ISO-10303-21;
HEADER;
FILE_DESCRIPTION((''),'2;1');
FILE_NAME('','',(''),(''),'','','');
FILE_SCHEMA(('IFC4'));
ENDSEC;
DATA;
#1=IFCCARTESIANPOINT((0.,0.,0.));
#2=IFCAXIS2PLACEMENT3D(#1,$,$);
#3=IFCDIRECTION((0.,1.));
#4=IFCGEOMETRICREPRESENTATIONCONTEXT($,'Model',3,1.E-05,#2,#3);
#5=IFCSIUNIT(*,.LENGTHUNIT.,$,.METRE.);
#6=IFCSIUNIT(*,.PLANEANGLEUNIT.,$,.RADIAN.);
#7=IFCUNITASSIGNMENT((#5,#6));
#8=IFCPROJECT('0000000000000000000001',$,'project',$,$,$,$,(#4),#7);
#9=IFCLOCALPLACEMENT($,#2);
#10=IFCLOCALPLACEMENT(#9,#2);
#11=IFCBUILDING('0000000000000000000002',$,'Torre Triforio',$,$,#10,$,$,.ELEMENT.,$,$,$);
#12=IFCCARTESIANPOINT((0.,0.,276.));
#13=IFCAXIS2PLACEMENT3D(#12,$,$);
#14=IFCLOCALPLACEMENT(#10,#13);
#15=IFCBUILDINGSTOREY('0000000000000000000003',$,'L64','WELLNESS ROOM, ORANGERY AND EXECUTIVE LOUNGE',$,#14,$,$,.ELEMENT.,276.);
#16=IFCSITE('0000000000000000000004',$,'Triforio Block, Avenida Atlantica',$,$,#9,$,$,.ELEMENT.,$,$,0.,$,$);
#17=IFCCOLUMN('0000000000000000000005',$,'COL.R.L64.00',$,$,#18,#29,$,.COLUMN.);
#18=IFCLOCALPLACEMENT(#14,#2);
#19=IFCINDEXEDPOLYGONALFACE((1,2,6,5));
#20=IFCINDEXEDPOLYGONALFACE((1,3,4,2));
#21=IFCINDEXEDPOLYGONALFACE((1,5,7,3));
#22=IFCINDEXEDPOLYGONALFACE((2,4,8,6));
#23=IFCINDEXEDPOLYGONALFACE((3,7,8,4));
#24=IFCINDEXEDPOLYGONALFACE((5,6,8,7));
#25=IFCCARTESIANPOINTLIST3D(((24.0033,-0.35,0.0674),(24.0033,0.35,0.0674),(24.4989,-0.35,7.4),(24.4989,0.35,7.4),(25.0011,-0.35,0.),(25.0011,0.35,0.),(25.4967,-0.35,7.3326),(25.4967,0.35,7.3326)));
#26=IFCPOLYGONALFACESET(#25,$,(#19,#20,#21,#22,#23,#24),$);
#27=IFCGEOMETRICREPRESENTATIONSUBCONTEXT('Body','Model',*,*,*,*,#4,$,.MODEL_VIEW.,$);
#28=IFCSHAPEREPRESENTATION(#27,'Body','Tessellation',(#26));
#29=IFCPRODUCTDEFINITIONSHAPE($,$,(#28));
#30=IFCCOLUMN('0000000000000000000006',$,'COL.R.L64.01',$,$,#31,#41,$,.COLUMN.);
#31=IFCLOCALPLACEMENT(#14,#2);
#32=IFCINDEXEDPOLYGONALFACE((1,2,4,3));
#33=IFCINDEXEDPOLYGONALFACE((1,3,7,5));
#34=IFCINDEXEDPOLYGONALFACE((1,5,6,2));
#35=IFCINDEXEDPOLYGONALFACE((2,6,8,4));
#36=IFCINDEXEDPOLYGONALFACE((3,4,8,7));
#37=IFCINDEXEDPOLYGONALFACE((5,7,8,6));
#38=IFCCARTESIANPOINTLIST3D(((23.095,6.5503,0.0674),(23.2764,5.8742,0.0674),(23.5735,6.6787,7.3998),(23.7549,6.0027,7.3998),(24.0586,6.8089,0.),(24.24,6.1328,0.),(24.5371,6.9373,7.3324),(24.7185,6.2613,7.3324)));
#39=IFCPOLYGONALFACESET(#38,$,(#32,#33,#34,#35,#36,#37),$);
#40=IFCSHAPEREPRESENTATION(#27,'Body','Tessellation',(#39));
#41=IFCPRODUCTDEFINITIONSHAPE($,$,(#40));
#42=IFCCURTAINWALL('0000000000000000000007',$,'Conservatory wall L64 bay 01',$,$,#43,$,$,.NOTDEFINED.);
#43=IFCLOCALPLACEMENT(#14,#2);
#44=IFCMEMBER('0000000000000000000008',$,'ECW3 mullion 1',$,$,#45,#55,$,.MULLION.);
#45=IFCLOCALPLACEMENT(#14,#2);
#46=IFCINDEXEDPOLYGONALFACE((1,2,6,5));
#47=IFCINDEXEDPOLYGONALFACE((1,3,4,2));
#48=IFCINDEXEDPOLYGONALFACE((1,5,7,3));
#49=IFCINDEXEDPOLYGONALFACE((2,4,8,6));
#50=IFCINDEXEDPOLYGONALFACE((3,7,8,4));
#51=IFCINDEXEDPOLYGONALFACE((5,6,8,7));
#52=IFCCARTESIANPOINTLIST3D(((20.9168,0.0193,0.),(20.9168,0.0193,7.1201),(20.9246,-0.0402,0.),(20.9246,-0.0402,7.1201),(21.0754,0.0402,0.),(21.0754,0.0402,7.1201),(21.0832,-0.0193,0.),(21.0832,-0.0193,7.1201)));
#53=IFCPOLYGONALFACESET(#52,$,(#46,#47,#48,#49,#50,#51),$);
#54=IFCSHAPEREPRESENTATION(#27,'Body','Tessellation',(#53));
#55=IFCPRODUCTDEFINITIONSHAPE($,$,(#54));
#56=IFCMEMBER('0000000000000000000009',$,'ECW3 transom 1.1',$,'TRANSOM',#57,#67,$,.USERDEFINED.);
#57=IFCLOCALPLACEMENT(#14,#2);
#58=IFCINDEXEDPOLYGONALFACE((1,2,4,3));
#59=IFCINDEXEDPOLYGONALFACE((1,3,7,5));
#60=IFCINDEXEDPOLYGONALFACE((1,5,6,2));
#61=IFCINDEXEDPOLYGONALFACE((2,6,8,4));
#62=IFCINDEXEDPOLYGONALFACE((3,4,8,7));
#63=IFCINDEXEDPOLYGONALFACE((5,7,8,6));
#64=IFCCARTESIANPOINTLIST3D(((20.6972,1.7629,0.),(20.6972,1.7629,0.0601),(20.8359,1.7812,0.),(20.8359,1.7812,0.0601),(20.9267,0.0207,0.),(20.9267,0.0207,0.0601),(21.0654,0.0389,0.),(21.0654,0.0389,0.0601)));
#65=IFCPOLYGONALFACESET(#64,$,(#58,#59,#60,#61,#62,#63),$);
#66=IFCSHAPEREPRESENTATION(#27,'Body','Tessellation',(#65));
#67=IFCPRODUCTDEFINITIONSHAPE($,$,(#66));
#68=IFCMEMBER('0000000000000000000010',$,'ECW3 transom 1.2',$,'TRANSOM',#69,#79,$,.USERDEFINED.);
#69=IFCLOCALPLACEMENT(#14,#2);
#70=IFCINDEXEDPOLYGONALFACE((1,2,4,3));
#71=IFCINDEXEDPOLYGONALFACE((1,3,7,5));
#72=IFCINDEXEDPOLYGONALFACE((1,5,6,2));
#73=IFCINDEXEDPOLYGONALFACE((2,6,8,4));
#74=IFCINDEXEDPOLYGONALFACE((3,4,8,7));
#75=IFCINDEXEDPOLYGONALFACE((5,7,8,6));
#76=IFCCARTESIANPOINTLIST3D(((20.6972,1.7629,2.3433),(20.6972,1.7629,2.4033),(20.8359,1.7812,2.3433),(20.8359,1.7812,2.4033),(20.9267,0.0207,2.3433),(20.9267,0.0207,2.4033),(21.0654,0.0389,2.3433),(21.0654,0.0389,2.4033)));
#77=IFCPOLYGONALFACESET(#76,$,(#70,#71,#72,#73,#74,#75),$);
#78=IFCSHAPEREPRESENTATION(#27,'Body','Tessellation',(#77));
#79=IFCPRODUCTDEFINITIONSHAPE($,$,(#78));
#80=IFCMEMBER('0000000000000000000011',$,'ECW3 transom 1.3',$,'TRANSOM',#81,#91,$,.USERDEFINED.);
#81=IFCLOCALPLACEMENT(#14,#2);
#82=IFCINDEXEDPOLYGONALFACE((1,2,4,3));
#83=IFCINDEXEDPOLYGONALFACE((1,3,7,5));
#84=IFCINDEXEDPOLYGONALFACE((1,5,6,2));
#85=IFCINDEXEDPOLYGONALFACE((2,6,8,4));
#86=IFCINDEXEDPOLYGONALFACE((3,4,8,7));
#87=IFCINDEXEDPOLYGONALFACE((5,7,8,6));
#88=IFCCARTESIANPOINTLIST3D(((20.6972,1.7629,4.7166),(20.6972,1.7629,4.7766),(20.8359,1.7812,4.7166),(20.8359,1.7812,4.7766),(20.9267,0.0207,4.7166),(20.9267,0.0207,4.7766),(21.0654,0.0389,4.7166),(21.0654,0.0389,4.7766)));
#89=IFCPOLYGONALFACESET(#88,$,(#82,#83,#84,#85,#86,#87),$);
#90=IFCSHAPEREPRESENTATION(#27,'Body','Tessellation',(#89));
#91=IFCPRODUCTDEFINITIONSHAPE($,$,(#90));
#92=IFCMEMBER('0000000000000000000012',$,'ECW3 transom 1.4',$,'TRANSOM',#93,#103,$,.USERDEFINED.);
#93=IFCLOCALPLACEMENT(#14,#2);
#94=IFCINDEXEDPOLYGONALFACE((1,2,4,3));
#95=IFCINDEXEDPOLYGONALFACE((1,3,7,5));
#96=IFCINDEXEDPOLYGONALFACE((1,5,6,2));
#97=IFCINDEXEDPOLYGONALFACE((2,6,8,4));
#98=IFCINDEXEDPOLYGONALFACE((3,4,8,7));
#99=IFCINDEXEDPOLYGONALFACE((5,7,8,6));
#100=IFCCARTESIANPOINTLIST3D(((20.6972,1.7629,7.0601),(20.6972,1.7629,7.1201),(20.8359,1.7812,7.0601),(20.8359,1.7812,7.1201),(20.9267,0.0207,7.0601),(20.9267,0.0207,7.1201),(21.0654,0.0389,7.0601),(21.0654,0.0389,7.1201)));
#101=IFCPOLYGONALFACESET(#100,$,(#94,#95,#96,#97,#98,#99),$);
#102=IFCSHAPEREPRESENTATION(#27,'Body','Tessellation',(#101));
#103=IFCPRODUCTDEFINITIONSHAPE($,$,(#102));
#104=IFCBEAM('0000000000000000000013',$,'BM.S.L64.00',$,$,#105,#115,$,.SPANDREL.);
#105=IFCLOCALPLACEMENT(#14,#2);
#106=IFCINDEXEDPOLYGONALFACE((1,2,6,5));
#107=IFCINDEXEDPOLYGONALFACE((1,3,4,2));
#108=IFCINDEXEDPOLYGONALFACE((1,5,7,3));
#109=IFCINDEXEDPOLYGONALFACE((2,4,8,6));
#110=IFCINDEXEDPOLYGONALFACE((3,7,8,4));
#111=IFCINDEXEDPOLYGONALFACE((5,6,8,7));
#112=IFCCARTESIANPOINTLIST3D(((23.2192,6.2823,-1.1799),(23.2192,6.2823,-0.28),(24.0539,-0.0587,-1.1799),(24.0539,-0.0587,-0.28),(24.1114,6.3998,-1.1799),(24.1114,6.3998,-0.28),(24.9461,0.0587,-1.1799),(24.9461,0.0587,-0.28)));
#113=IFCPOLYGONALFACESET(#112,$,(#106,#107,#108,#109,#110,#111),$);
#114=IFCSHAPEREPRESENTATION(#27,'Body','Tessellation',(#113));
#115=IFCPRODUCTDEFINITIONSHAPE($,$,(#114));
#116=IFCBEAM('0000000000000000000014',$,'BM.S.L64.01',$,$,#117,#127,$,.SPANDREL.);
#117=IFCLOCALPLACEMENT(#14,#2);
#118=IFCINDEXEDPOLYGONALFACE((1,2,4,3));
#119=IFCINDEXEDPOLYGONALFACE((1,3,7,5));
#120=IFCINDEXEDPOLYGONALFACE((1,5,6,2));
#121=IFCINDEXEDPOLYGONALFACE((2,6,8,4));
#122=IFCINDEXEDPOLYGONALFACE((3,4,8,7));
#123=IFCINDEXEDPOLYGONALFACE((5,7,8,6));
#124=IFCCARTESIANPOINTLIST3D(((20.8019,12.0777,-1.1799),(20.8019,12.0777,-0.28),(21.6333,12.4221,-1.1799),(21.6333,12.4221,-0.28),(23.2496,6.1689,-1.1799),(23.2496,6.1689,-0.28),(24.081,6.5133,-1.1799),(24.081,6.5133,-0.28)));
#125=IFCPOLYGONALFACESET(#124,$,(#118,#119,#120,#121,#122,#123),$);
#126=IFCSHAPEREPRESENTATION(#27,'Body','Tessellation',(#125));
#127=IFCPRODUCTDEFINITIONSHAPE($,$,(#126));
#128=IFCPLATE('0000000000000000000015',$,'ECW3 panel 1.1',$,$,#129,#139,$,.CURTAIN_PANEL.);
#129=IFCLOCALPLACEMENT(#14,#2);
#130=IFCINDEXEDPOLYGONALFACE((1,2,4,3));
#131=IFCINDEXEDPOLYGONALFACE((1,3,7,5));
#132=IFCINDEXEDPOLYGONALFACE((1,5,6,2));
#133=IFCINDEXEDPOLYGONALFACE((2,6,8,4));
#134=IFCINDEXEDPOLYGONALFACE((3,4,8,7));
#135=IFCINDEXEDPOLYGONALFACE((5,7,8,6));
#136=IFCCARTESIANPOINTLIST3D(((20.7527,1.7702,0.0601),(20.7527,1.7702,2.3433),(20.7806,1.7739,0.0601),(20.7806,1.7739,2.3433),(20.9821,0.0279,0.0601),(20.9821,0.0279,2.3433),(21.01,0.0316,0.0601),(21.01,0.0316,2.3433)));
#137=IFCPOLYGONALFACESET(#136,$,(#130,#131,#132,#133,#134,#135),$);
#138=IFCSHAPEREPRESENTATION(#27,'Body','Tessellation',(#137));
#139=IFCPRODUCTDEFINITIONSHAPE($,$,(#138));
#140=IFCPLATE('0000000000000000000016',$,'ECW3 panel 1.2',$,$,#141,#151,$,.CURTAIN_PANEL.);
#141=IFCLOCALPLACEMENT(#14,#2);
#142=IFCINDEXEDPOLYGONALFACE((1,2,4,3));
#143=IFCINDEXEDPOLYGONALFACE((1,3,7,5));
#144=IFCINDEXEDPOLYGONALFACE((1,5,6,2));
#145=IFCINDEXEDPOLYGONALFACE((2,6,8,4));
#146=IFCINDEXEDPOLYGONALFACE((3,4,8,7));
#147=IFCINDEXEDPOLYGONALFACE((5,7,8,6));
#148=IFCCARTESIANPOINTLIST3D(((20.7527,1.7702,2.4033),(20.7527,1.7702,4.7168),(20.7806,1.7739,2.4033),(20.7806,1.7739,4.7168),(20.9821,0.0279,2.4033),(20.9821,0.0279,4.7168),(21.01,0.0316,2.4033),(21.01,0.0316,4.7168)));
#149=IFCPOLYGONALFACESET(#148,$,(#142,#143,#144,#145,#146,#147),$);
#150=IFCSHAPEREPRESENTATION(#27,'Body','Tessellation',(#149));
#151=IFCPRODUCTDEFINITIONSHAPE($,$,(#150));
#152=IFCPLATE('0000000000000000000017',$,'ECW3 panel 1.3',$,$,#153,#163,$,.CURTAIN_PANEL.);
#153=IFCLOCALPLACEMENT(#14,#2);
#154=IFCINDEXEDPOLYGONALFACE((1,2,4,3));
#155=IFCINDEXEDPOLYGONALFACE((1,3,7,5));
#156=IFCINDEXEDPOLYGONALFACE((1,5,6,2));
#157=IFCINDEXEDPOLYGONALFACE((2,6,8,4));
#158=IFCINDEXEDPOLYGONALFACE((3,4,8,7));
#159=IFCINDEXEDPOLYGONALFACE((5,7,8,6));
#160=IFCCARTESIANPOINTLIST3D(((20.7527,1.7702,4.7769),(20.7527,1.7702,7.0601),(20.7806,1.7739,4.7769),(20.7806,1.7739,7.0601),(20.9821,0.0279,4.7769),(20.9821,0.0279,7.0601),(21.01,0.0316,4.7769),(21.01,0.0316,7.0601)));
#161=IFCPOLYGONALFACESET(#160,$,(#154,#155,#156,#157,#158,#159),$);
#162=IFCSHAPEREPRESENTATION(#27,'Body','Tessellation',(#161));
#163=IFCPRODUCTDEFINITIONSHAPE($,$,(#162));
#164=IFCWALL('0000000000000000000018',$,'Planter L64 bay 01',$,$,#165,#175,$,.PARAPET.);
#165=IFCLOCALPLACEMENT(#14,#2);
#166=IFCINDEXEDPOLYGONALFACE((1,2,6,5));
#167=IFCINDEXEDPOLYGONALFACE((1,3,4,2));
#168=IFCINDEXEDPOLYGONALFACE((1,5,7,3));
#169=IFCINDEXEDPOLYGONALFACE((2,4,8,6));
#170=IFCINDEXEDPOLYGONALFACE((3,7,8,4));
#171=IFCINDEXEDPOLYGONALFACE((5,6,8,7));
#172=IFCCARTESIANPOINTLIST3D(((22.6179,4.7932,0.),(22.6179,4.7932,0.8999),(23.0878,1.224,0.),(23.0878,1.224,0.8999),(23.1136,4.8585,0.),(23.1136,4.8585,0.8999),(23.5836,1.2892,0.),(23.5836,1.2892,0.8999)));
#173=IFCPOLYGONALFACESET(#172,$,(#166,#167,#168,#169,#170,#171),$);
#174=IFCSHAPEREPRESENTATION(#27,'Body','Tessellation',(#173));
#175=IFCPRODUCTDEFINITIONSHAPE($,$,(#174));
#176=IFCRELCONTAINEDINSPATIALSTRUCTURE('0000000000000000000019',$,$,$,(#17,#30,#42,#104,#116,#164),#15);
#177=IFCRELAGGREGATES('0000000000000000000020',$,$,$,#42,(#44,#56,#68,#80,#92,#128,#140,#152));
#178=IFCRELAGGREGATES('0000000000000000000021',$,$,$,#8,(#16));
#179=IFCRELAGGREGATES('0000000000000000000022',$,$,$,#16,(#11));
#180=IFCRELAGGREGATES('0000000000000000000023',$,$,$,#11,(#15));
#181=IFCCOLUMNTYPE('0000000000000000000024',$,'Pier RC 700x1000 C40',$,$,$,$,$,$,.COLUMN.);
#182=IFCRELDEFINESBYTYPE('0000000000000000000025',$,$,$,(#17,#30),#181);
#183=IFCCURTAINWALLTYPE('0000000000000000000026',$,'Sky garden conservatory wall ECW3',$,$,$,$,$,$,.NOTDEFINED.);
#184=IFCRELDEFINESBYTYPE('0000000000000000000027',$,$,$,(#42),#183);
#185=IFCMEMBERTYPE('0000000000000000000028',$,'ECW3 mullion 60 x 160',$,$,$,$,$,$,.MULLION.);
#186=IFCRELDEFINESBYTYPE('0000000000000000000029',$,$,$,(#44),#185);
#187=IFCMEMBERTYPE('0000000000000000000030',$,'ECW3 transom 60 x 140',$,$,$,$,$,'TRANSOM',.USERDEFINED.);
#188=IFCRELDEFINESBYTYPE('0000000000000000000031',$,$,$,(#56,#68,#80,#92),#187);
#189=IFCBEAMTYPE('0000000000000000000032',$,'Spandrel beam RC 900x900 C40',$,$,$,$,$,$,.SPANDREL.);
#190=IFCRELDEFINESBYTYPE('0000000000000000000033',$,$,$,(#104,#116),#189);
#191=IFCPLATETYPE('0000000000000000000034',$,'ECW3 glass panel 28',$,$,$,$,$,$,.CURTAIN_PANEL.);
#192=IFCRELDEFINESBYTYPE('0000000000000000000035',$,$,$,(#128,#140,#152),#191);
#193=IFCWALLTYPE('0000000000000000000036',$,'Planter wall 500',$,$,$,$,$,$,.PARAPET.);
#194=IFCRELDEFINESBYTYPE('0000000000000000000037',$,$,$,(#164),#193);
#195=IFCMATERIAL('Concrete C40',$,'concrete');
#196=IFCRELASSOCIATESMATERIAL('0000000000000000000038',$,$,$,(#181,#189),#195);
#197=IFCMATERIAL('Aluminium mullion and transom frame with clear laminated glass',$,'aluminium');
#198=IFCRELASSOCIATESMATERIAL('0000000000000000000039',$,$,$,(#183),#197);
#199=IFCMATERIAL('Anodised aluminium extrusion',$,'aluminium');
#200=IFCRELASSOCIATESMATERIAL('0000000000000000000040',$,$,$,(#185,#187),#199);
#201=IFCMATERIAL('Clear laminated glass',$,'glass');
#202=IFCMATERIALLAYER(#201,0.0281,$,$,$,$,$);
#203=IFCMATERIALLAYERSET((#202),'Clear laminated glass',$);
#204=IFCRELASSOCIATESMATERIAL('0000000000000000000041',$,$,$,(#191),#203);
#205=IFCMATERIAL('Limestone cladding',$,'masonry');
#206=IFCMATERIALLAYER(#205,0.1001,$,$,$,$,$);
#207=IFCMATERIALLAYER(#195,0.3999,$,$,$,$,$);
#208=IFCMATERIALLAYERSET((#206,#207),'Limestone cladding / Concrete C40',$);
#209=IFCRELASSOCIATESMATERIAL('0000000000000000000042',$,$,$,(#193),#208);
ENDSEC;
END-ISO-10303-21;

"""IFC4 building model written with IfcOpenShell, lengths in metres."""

from ifc_helpers import new_model, si_unit, direction, frame, frame_2d, origin, origin_2d, place, context, subcontext, project, spatial, rectangle, extrude, material, layer, layer_set, material_profile, profile_set, type_object, element, aggregate, save


model = new_model("IFC4")

# Units and contexts
model_context = context("Model", 3, precision=1e-05, world=origin(), true_north=direction((0.0, 1.0)))
body_context = subcontext(model_context, "Body", "Model", "MODEL_VIEW")
ifc_project = project(units=[si_unit("LENGTHUNIT", "METRE"), si_unit("PLANEANGLEUNIT", "RADIAN")], contexts=[model_context])

# Site, building, storey
site_placement = place(None, origin())
site = spatial("IfcSite", under=ifc_project, at=site_placement, Name="Triforio Block, Avenida Atlantica", CompositionType="ELEMENT", RefElevation=0.0)
building_placement = place(site_placement, origin())
building = spatial("IfcBuilding", under=site, at=building_placement, Name="Torre Triforio", CompositionType="ELEMENT")
storey_placement = place(building_placement, frame((0.0, 0.0, 276.0)))
storey = spatial("IfcBuildingStorey", under=building, at=storey_placement, Name="L64", Description="WELLNESS ROOM, ORANGERY AND EXECUTIVE LOUNGE", CompositionType="ELEMENT", Elevation=276.0)

# Columns
ifc_material_1 = material(Name="Concrete C40", Category="concrete")
ifc_material_profile_1 = material_profile(ifc_material_1, rectangle(XDim=0.7, YDim=1.0, at=origin_2d()), Name="RC 700x1000")
ifc_profile_set_1 = profile_set([ifc_material_profile_1], Name="Concrete C40")
column_type = type_object("IfcColumnType", Name="Pier RC 700x1000 C40", PredefinedType="COLUMN", material=ifc_profile_set_1)
column_1_placement = place(storey_placement, frame((24.5022, 0.0, 0.0337), z_axis=(0.067436, 0.0, 0.997724), x_axis=(0.0, 1.0, 0.0)))
element("IfcColumn", 1, at=column_1_placement, inside=storey, type_object=column_type, Name="COL.R.L64.00", PredefinedType="COLUMN", context=body_context, shape_type="SweptSolid", body=[
    extrude(rectangle(XDim=0.7, YDim=1.0, at=origin_2d()), origin(), (0.0, 0.0, 1.0), 7.3494),
])
column_2_placement = place(storey_placement, frame((23.6675, 6.3416, 0.0337), z_axis=(0.065111, 0.017474, 0.997725), x_axis=(-0.259196, 0.965825, 0.0)))
element("IfcColumn", 2, at=column_2_placement, inside=storey, type_object=column_type, Name="COL.R.L64.01", PredefinedType="COLUMN", context=body_context, shape_type="SweptSolid", body=[
    extrude(rectangle(XDim=0.7, YDim=1.0, at=origin_2d()), origin(), (0.0, 0.0, 1.0), 7.3491),
])

# Curtain wall, members
ifc_material_2 = material(Name="Aluminium mullion and transom frame with clear laminated glass", Category="aluminium")
curtain_wall_type = type_object("IfcCurtainWallType", Name="Sky garden conservatory wall ECW3", PredefinedType="NOTDEFINED", material=ifc_material_2)
curtain_wall_placement = place(storey_placement, origin())
curtain_wall = element("IfcCurtainWall", 3, at=curtain_wall_placement, inside=storey, type_object=curtain_wall_type, Name="Conservatory wall L64 bay 01", PredefinedType="NOTDEFINED")
ifc_material_3 = material(Name="Anodised aluminium extrusion", Category="aluminium")
ifc_material_profile_2 = material_profile(ifc_material_3, rectangle(XDim=0.1599, YDim=0.0601, at=origin_2d()), Name="ECW3 MULLION 60x160")
ifc_profile_set_2 = profile_set([ifc_material_profile_2], Name="Anodised aluminium extrusion")
member_type_1 = type_object("IfcMemberType", Name="ECW3 mullion 60 x 160", PredefinedType="MULLION", material=ifc_profile_set_2)
member_1_placement = place(storey_placement, frame((21.0, 0.0, 0.0), z_axis=(0.0, 0.0, 1.0), x_axis=(-0.991444, -0.13053, 0.0)))
member_1 = element("IfcMember", 4, at=member_1_placement, type_object=member_type_1, Name="ECW3 mullion 1", PredefinedType="MULLION", context=body_context, shape_type="SweptSolid", body=[
    extrude(rectangle(XDim=0.1599, YDim=0.0601, at=origin_2d()), origin(), (0.0, 0.0, 1.0), 7.1201),
])
ifc_material_profile_3 = material_profile(ifc_material_3, rectangle(XDim=0.1399, YDim=0.0601, at=origin_2d()), Name="ECW3 TRANSOM 60x140")
ifc_profile_set_3 = profile_set([ifc_material_profile_3], Name="Anodised aluminium extrusion")
member_type_2 = type_object("IfcMemberType", Name="ECW3 transom 60 x 140", ElementType="TRANSOM", PredefinedType="USERDEFINED", material=ifc_profile_set_3)
member_2_placement = place(storey_placement, frame((20.9961, 0.0298, 0.03), z_axis=(-0.130598, 0.991435, 0.0), x_axis=(-0.991435, -0.130598, 0.0)))
member_2 = element("IfcMember", 5, at=member_2_placement, type_object=member_type_2, Name="ECW3 transom 1.1", ObjectType="TRANSOM", PredefinedType="USERDEFINED", context=body_context, shape_type="SweptSolid", body=[
    extrude(rectangle(XDim=0.1399, YDim=0.0601, at=origin_2d()), origin(), (0.0, 0.0, 1.0), 1.7573),
])
member_3_placement = place(storey_placement, frame((20.9961, 0.0298, 2.3733), z_axis=(-0.130598, 0.991435, 0.0), x_axis=(-0.991435, -0.130598, 0.0)))
member_3 = element("IfcMember", 6, at=member_3_placement, type_object=member_type_2, Name="ECW3 transom 1.2", ObjectType="TRANSOM", PredefinedType="USERDEFINED", context=body_context, shape_type="SweptSolid", body=[
    extrude(rectangle(XDim=0.1399, YDim=0.0601, at=origin_2d()), origin(), (0.0, 0.0, 1.0), 1.7573),
])
member_4_placement = place(storey_placement, frame((20.9961, 0.0298, 4.7466), z_axis=(-0.130598, 0.991435, 0.0), x_axis=(-0.991435, -0.130598, 0.0)))
member_4 = element("IfcMember", 7, at=member_4_placement, type_object=member_type_2, Name="ECW3 transom 1.3", ObjectType="TRANSOM", PredefinedType="USERDEFINED", context=body_context, shape_type="SweptSolid", body=[
    extrude(rectangle(XDim=0.1399, YDim=0.0601, at=origin_2d()), origin(), (0.0, 0.0, 1.0), 1.7573),
])
member_5_placement = place(storey_placement, frame((20.9961, 0.0298, 7.0901), z_axis=(-0.130598, 0.991435, 0.0), x_axis=(-0.991435, -0.130598, 0.0)))
member_5 = element("IfcMember", 8, at=member_5_placement, type_object=member_type_2, Name="ECW3 transom 1.4", ObjectType="TRANSOM", PredefinedType="USERDEFINED", context=body_context, shape_type="SweptSolid", body=[
    extrude(rectangle(XDim=0.1399, YDim=0.0601, at=origin_2d()), origin(), (0.0, 0.0, 1.0), 1.7573),
])

# Beams
ifc_material_profile_4 = material_profile(ifc_material_1, rectangle(XDim=0.8999, YDim=0.8999, at=origin_2d()), Name="RC 900x900")
ifc_profile_set_4 = profile_set([ifc_material_profile_4], Name="Concrete C40")
beam_type = type_object("IfcBeamType", Name="Spandrel beam RC 900x900 C40", PredefinedType="SPANDREL", material=ifc_profile_set_4)
for number, where, z_axis, x_axis, name in (
    (9, (24.5, 0.0, -0.73), (-0.130511, 0.991447, 0.0), (-0.991447, -0.130511, 0.0), "BM.S.L64.00"),
    (10, (23.6653, 6.3411, -0.73), (-0.382709, 0.923869, 0.0), (-0.923869, -0.382709, 0.0), "BM.S.L64.01"),
):
    element("IfcBeam", number, at=place(storey_placement, frame(where, z_axis=z_axis, x_axis=x_axis)), inside=storey, type_object=beam_type, Name=name, PredefinedType="SPANDREL", context=body_context, shape_type="SweptSolid", body=[
        extrude(rectangle(XDim=0.8999, YDim=0.8999, at=origin_2d()), origin(), (0.0, 0.0, 1.0), 6.3958),
    ])

# Plates
ifc_material_4 = material(Name="Clear laminated glass", Category="glass")
ifc_layer_1 = layer(ifc_material_4, 0.0281)
ifc_layer_set_1 = layer_set([ifc_layer_1], Name="Clear laminated glass")
plate_type = type_object("IfcPlateType", Name="ECW3 glass panel 28", PredefinedType="CURTAIN_PANEL", material=ifc_layer_set_1)
plate_1_placement = place(storey_placement, frame((20.8813, 0.9009, 0.0601), z_axis=(0.0, 0.0, 1.0), x_axis=(-0.13053, 0.991444, 0.0)))
plate_1 = element("IfcPlate", 11, at=plate_1_placement, type_object=plate_type, Name="ECW3 panel 1.1", PredefinedType="CURTAIN_PANEL", context=body_context, shape_type="SweptSolid", body=[
    extrude(rectangle(XDim=1.7573, YDim=0.0281, at=origin_2d()), origin(), (0.0, 0.0, 1.0), 2.2832),
])
plate_2_placement = place(storey_placement, frame((20.8813, 0.9009, 2.4033), z_axis=(0.0, 0.0, 1.0), x_axis=(-0.13053, 0.991444, 0.0)))
plate_2 = element("IfcPlate", 12, at=plate_2_placement, type_object=plate_type, Name="ECW3 panel 1.2", PredefinedType="CURTAIN_PANEL", context=body_context, shape_type="SweptSolid", body=[
    extrude(rectangle(XDim=1.7573, YDim=0.0281, at=origin_2d()), origin(), (0.0, 0.0, 1.0), 2.3135),
])
plate_3_placement = place(storey_placement, frame((20.8813, 0.9009, 4.7769), z_axis=(0.0, 0.0, 1.0), x_axis=(-0.13053, 0.991444, 0.0)))
plate_3 = element("IfcPlate", 13, at=plate_3_placement, type_object=plate_type, Name="ECW3 panel 1.3", PredefinedType="CURTAIN_PANEL", context=body_context, shape_type="SweptSolid", body=[
    extrude(rectangle(XDim=1.7573, YDim=0.0281, at=origin_2d()), origin(), (0.0, 0.0, 1.0), 2.2832),
])
aggregate(curtain_wall, [member_1, member_2, member_3, member_4, member_5, plate_1, plate_2, plate_3])

# Wall
ifc_material_5 = material(Name="Limestone cladding", Category="masonry")
ifc_layer_2 = layer(ifc_material_5, 0.1001)
ifc_layer_3 = layer(ifc_material_1, 0.3999)
ifc_layer_set_2 = layer_set([ifc_layer_2, ifc_layer_3], Name="Limestone cladding / Concrete C40")
wall_type = type_object("IfcWallType", Name="Planter wall 500", PredefinedType="PARAPET", material=ifc_layer_set_2)
wall_placement = place(storey_placement, frame((23.3357, 1.2566, 0.0), z_axis=(0.0, 0.0, 1.0), x_axis=(-0.130542, 0.991443, 0.0)))
element("IfcWall", 14, at=wall_placement, inside=storey, type_object=wall_type, Name="Planter L64 bay 01", PredefinedType="PARAPET", context=body_context, shape_type="SweptSolid", body=[
    extrude(rectangle(XDim=3.6001, YDim=0.5, at=frame_2d((1.8, 0.0))), origin(), (0.0, 0.0, 1.0), 0.8999),
])

save(model, "model.ifc")
